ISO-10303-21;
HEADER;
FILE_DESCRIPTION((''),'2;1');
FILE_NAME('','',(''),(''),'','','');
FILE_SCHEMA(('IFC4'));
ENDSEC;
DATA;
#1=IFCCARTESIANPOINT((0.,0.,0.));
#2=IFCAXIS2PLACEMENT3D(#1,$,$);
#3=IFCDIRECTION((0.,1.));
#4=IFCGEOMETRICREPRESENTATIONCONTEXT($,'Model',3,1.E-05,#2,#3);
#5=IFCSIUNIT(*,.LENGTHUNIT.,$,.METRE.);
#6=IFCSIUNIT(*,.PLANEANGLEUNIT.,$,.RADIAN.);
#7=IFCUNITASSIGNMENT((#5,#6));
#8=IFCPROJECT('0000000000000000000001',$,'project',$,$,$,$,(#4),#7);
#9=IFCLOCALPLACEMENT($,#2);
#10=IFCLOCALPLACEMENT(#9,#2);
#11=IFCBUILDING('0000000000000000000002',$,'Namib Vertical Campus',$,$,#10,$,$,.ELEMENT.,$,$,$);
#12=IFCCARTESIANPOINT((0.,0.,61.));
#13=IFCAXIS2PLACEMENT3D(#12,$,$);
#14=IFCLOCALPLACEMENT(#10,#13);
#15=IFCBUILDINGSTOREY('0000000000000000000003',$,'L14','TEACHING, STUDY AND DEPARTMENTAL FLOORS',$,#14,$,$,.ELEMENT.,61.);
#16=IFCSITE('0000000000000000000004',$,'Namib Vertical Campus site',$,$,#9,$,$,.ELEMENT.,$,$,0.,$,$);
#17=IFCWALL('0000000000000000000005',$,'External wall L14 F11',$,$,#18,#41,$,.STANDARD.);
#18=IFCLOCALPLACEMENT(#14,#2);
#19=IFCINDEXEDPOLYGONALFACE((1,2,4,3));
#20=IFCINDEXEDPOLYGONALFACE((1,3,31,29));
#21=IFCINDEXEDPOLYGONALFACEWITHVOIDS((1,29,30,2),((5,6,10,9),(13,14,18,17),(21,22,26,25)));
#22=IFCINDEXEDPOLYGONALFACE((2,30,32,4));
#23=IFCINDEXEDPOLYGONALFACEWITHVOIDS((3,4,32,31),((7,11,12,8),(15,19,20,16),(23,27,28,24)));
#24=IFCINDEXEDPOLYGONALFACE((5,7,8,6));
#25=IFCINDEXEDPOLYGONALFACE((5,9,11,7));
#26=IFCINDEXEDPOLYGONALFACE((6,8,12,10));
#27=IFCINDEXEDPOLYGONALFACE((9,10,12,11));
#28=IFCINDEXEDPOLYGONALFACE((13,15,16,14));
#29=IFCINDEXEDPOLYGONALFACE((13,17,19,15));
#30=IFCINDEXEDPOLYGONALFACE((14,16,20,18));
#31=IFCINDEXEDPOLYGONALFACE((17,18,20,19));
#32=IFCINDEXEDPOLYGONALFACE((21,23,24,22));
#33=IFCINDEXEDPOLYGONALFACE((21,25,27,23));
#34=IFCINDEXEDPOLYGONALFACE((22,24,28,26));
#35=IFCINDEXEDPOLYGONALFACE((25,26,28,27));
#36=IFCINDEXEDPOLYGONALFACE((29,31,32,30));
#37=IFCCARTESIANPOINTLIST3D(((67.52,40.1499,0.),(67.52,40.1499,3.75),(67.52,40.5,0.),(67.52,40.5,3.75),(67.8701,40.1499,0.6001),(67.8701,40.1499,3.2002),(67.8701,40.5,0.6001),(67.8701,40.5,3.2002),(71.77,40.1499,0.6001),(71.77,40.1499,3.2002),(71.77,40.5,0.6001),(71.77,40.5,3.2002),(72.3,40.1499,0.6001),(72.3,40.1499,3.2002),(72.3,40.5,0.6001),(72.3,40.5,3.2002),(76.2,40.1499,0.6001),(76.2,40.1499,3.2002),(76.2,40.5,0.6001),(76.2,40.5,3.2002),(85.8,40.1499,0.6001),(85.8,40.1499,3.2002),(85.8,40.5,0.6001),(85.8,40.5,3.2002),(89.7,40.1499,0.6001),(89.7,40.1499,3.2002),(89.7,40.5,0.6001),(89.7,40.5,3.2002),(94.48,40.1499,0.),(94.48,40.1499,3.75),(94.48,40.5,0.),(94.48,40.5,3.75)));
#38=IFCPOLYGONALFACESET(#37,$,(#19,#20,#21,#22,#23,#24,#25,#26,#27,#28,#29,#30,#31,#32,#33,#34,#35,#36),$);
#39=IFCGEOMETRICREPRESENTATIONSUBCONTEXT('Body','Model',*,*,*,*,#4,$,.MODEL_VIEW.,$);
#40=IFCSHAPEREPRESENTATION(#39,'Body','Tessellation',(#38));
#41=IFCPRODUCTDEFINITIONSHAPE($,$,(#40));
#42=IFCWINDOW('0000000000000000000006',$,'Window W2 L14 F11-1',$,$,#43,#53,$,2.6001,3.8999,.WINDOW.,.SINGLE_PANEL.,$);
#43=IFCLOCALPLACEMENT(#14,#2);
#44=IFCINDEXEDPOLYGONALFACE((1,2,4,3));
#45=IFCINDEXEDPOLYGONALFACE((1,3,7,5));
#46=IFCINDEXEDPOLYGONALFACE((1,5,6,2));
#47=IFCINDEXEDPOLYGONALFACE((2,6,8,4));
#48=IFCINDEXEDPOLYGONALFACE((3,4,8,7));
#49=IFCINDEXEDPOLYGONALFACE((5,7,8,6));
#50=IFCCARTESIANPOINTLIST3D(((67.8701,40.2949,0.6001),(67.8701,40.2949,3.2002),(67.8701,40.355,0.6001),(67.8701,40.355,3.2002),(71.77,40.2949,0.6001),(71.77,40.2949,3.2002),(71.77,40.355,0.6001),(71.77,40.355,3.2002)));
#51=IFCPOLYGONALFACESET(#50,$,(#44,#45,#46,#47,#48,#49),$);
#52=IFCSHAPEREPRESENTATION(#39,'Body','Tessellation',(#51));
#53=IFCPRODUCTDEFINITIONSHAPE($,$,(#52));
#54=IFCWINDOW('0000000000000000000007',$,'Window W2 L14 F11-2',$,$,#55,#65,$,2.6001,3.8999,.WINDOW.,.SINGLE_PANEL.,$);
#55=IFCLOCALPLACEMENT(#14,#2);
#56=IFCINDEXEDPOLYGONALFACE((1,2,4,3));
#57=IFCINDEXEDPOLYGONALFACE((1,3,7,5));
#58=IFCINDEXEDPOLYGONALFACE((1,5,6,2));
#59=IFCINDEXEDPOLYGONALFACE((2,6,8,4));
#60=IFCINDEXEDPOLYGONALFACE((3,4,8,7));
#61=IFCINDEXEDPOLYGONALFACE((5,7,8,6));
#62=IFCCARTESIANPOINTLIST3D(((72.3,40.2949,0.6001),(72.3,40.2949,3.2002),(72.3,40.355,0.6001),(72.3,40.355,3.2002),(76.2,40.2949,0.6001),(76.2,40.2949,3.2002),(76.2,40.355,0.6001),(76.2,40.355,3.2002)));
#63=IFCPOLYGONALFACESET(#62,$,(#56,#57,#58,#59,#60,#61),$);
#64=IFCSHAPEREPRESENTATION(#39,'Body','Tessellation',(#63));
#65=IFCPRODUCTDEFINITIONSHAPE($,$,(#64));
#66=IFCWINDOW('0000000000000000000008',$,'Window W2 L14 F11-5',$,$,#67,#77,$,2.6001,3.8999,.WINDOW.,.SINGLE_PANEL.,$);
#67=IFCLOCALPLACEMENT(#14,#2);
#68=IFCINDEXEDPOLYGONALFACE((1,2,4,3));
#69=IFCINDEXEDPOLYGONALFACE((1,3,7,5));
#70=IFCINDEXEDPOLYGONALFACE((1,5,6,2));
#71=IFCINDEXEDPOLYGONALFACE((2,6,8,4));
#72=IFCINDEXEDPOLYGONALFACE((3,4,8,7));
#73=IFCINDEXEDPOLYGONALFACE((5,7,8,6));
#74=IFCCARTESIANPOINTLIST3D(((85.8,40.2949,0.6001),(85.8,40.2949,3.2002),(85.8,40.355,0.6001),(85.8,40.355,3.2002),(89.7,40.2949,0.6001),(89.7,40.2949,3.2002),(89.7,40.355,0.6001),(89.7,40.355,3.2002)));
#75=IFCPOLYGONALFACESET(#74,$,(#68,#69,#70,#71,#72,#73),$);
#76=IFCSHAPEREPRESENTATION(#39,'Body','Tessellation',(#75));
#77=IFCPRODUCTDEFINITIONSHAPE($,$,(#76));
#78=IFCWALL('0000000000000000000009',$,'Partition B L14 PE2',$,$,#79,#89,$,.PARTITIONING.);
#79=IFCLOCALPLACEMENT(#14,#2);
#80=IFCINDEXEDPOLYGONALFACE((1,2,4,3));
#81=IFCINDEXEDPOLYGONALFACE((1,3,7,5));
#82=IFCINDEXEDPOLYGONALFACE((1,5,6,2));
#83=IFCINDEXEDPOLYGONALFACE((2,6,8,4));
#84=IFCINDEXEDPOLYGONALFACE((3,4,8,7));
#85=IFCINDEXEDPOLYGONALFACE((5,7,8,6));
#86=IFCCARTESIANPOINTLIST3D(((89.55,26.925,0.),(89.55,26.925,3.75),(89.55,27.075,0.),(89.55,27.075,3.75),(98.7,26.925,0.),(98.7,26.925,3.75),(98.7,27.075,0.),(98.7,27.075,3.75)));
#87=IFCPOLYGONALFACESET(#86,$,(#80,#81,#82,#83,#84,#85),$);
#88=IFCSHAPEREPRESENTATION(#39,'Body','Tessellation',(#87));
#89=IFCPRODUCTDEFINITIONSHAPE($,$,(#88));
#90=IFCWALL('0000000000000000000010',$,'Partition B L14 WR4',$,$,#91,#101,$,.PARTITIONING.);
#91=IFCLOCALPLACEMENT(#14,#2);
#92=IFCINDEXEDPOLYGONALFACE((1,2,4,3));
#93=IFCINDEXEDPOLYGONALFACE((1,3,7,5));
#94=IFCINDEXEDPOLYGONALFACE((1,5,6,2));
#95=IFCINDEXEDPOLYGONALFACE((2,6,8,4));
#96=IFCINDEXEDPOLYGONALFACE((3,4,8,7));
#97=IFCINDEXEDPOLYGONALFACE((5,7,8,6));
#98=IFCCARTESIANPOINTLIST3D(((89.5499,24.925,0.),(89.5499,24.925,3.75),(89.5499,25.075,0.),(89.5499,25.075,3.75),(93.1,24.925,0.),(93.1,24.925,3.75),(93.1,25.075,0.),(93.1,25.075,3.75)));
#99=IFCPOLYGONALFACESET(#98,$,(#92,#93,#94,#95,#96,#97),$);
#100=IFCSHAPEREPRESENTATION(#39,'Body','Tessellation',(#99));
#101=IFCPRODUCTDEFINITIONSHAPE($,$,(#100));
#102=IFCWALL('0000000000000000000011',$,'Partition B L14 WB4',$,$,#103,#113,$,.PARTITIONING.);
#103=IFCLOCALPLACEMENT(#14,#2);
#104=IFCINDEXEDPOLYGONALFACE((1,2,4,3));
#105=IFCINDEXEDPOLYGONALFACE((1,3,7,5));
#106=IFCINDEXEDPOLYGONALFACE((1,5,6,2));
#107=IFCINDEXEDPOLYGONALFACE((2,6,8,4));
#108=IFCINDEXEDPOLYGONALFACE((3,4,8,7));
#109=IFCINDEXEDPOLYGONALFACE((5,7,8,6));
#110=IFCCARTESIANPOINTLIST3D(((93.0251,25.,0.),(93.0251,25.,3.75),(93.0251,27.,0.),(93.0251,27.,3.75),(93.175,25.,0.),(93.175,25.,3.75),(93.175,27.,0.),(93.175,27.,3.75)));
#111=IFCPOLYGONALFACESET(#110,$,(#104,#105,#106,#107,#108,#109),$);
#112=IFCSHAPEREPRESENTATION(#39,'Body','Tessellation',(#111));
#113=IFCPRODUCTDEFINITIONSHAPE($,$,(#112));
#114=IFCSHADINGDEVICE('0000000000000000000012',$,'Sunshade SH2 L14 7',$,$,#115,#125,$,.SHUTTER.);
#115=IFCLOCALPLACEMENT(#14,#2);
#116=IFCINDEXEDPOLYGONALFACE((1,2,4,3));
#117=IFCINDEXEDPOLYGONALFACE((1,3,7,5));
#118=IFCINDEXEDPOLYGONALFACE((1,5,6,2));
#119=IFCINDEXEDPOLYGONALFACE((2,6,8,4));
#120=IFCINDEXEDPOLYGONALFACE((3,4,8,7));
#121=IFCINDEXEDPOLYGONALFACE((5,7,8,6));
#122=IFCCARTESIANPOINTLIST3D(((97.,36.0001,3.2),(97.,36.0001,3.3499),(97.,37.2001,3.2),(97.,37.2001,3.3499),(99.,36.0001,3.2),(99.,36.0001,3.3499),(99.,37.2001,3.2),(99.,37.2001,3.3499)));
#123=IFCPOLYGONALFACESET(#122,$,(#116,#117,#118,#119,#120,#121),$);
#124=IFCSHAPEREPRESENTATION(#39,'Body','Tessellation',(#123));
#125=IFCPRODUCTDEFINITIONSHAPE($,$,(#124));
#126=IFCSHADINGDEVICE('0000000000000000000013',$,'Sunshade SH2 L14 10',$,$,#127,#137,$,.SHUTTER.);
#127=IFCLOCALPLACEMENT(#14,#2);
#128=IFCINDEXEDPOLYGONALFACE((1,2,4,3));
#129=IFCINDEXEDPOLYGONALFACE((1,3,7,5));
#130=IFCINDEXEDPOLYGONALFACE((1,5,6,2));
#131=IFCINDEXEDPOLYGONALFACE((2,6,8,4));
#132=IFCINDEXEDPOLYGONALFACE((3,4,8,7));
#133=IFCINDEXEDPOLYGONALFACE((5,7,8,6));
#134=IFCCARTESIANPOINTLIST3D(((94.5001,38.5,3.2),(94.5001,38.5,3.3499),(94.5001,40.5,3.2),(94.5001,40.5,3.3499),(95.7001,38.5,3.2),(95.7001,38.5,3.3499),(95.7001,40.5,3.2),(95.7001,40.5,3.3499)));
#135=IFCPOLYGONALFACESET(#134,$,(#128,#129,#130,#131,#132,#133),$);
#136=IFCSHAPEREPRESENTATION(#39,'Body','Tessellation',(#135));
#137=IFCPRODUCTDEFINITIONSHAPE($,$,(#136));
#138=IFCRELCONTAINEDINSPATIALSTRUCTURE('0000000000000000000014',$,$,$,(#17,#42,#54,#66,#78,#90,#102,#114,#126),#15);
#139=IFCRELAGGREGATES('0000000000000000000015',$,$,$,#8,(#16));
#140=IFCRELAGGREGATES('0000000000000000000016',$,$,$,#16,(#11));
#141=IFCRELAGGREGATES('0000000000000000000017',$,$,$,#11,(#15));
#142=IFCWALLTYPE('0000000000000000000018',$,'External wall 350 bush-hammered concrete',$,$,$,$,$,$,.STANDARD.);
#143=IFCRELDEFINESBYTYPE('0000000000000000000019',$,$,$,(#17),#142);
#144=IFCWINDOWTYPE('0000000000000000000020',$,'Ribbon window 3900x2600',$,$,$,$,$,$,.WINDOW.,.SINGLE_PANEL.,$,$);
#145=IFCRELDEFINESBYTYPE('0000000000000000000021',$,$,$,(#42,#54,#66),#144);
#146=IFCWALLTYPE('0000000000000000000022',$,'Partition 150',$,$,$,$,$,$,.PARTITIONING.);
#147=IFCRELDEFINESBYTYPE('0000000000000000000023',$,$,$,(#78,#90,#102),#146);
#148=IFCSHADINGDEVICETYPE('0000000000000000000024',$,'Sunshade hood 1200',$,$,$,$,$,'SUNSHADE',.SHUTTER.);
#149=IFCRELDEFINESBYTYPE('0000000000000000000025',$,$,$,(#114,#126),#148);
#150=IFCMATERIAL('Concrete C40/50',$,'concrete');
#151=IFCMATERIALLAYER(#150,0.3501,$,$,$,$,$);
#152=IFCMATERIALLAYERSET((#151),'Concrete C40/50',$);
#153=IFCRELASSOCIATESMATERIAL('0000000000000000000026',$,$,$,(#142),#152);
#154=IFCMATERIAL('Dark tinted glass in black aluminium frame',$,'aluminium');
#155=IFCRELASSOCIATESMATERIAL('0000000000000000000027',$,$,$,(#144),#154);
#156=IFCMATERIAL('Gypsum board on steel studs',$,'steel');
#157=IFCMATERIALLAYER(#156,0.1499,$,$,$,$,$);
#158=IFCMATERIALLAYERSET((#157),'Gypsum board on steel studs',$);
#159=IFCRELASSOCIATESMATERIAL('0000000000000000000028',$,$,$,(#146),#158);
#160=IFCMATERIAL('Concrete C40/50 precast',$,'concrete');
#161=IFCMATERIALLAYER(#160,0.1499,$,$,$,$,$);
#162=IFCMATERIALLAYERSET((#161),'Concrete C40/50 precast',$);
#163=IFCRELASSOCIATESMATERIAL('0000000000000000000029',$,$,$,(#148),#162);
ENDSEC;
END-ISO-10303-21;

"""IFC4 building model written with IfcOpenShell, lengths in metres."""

from ifc_helpers import new_model, si_unit, direction, frame, frame_2d, origin, origin_2d, place, context, subcontext, project, spatial, rectangle, extrude, material, layer, layer_set, type_object, element, fill, save


model = new_model("IFC4")

# Units and contexts
model_context = context("Model", 3, precision=1e-05, world=origin(), true_north=direction((0.0, 1.0)))
body_context = subcontext(model_context, "Body", "Model", "MODEL_VIEW")
ifc_project = project(units=[si_unit("LENGTHUNIT", "METRE"), si_unit("PLANEANGLEUNIT", "RADIAN")], contexts=[model_context])

# Site, building, storey
site_placement = place(None, origin())
site = spatial("IfcSite", under=ifc_project, at=site_placement, Name="Namib Vertical Campus site", CompositionType="ELEMENT", RefElevation=0.0)
building_placement = place(site_placement, origin())
building = spatial("IfcBuilding", under=site, at=building_placement, Name="Namib Vertical Campus", CompositionType="ELEMENT")
storey_placement = place(building_placement, frame((0.0, 0.0, 61.0)))
storey = spatial("IfcBuildingStorey", under=building, at=storey_placement, Name="L14", Description="TEACHING, STUDY AND DEPARTMENTAL FLOORS", CompositionType="ELEMENT", Elevation=61.0)

# Shared definitions
ifc_material_1 = material(Name="Concrete C40/50", Category="concrete")
ifc_layer_1 = layer(ifc_material_1, 0.3501)
ifc_layer_set_1 = layer_set([ifc_layer_1], Name="Concrete C40/50")
wall_type_1 = type_object("IfcWallType", Name="External wall 350 bush-hammered concrete", PredefinedType="STANDARD", material=ifc_layer_set_1)

# Wall, openings, windows
wall_1_placement = place(storey_placement, frame((94.48, 40.325, 0.0), z_axis=(0.0, 0.0, 1.0), x_axis=(-1.0, 0.0, 0.0)))
wall_1 = element("IfcWall", 1, at=wall_1_placement, inside=storey, type_object=wall_type_1, Name="External wall L14 F11", PredefinedType="STANDARD", context=body_context, shape_type="SweptSolid", body=[
    extrude(rectangle(XDim=26.96, YDim=0.3501, at=frame_2d((13.48, 0.0))), origin(), (0.0, 0.0, 1.0), 3.75),
])
opening_1_placement = place(wall_1_placement, frame((22.71, 0.0, 0.6001)))
opening_1 = element("IfcOpeningElement", 2, at=opening_1_placement, cuts=wall_1, PredefinedType="OPENING", context=body_context, shape_type="SweptSolid", body=[
    extrude(rectangle(XDim=3.8999, YDim=2.6001, at=frame_2d((1.95, 1.3))), frame((0.0, 0.1851, 0.0), z_axis=(0.0, -1.0, 0.0), x_axis=(1.0, 0.0, 0.0)), (0.0, 0.0, 1.0), 0.3701),
])
opening_2_placement = place(wall_1_placement, frame((18.28, 0.0, 0.6001)))
opening_2 = element("IfcOpeningElement", 3, at=opening_2_placement, cuts=wall_1, PredefinedType="OPENING", context=body_context, shape_type="SweptSolid", body=[
    extrude(rectangle(XDim=3.8999, YDim=2.6001, at=frame_2d((1.95, 1.3))), frame((0.0, 0.1851, 0.0), z_axis=(0.0, -1.0, 0.0), x_axis=(1.0, 0.0, 0.0)), (0.0, 0.0, 1.0), 0.3701),
])
opening_3_placement = place(wall_1_placement, frame((4.78, 0.0, 0.6001)))
opening_3 = element("IfcOpeningElement", 4, at=opening_3_placement, cuts=wall_1, PredefinedType="OPENING", context=body_context, shape_type="SweptSolid", body=[
    extrude(rectangle(XDim=3.8999, YDim=2.6001, at=frame_2d((1.95, 1.3))), frame((0.0, 0.1851, 0.0), z_axis=(0.0, -1.0, 0.0), x_axis=(1.0, 0.0, 0.0)), (0.0, 0.0, 1.0), 0.3701),
])
ifc_material_2 = material(Name="Dark tinted glass in black aluminium frame", Category="aluminium")
window_type = type_object("IfcWindowType", Name="Ribbon window 3900x2600", PartitioningType="SINGLE_PANEL", PredefinedType="WINDOW", material=ifc_material_2)
window_1_placement = place(opening_1_placement, origin())
window_1 = element("IfcWindow", 5, at=window_1_placement, inside=storey, type_object=window_type, Name="Window W2 L14 F11-1", OverallHeight=2.6001, OverallWidth=3.8999, PartitioningType="SINGLE_PANEL", PredefinedType="WINDOW", context=body_context, shape_type="SweptSolid", body=[
    extrude(rectangle(XDim=3.8999, YDim=2.6001, at=frame_2d((1.95, 1.3))), frame((0.0, 0.03, 0.0), z_axis=(0.0, -1.0, 0.0), x_axis=(1.0, 0.0, 0.0)), (0.0, 0.0, 1.0), 0.0601),
])
fill(opening_1, window_1)
window_2_placement = place(opening_2_placement, origin())
window_2 = element("IfcWindow", 6, at=window_2_placement, inside=storey, type_object=window_type, Name="Window W2 L14 F11-2", OverallHeight=2.6001, OverallWidth=3.8999, PartitioningType="SINGLE_PANEL", PredefinedType="WINDOW", context=body_context, shape_type="SweptSolid", body=[
    extrude(rectangle(XDim=3.8999, YDim=2.6001, at=frame_2d((1.95, 1.3))), frame((0.0, 0.03, 0.0), z_axis=(0.0, -1.0, 0.0), x_axis=(1.0, 0.0, 0.0)), (0.0, 0.0, 1.0), 0.0601),
])
fill(opening_2, window_2)
window_3_placement = place(opening_3_placement, origin())
window_3 = element("IfcWindow", 7, at=window_3_placement, inside=storey, type_object=window_type, Name="Window W2 L14 F11-5", OverallHeight=2.6001, OverallWidth=3.8999, PartitioningType="SINGLE_PANEL", PredefinedType="WINDOW", context=body_context, shape_type="SweptSolid", body=[
    extrude(rectangle(XDim=3.8999, YDim=2.6001, at=frame_2d((1.95, 1.3))), frame((0.0, 0.03, 0.0), z_axis=(0.0, -1.0, 0.0), x_axis=(1.0, 0.0, 0.0)), (0.0, 0.0, 1.0), 0.0601),
])
fill(opening_3, window_3)

# Walls
ifc_material_3 = material(Name="Gypsum board on steel studs", Category="steel")
ifc_layer_2 = layer(ifc_material_3, 0.1499)
ifc_layer_set_2 = layer_set([ifc_layer_2], Name="Gypsum board on steel studs")
wall_type_2 = type_object("IfcWallType", Name="Partition 150", PredefinedType="PARTITIONING", material=ifc_layer_set_2)
wall_2_placement = place(storey_placement, frame((89.55, 27.0, 0.0), z_axis=(0.0, 0.0, 1.0), x_axis=(1.0, 0.0, 0.0)))
element("IfcWall", 8, at=wall_2_placement, inside=storey, type_object=wall_type_2, Name="Partition B L14 PE2", PredefinedType="PARTITIONING", context=body_context, shape_type="SweptSolid", body=[
    extrude(rectangle(XDim=9.1499, YDim=0.1499, at=frame_2d((4.575, 0.0))), origin(), (0.0, 0.0, 1.0), 3.75),
])
wall_3_placement = place(storey_placement, frame((89.55, 25.0, 0.0), z_axis=(0.0, 0.0, 1.0), x_axis=(1.0, 0.0, 0.0)))
element("IfcWall", 9, at=wall_3_placement, inside=storey, type_object=wall_type_2, Name="Partition B L14 WR4", PredefinedType="PARTITIONING", context=body_context, shape_type="SweptSolid", body=[
    extrude(rectangle(XDim=3.55, YDim=0.1499, at=frame_2d((1.7749, 0.0))), origin(), (0.0, 0.0, 1.0), 3.75),
])
wall_4_placement = place(storey_placement, frame((93.1001, 25.0, 0.0), z_axis=(0.0, 0.0, 1.0), x_axis=(0.0, 1.0, 0.0)))
element("IfcWall", 10, at=wall_4_placement, inside=storey, type_object=wall_type_2, Name="Partition B L14 WB4", PredefinedType="PARTITIONING", context=body_context, shape_type="SweptSolid", body=[
    extrude(rectangle(XDim=2.0, YDim=0.1499, at=frame_2d((1.0, 0.0))), origin(), (0.0, 0.0, 1.0), 3.75),
])

# Shading devices
ifc_material_4 = material(Name="Concrete C40/50 precast", Category="concrete")
ifc_layer_3 = layer(ifc_material_4, 0.1499)
ifc_layer_set_3 = layer_set([ifc_layer_3], Name="Concrete C40/50 precast")
shading_device_type = type_object("IfcShadingDeviceType", Name="Sunshade hood 1200", ElementType="SUNSHADE", PredefinedType="SHUTTER", material=ifc_layer_set_3)
for number, where, z_axis, x_axis, name in (
    (11, (98.0, 36.6001, 3.2), (0.0, 0.0, 1.0), (-1.0, 0.0, 0.0), "Sunshade SH2 L14 7"),
    (12, (95.1001, 39.5, 3.2), (0.0, 0.0, 1.0), (0.0, 1.0, 0.0), "Sunshade SH2 L14 10"),
):
    element("IfcShadingDevice", number, at=place(storey_placement, frame(where, z_axis=z_axis, x_axis=x_axis)), inside=storey, type_object=shading_device_type, Name=name, PredefinedType="SHUTTER", context=body_context, shape_type="SweptSolid", body=[
        extrude(rectangle(XDim=2.0, YDim=1.2, at=origin_2d()), origin(), (0.0, 0.0, 1.0), 0.1499),
    ])

save(model, "model.ifc")
